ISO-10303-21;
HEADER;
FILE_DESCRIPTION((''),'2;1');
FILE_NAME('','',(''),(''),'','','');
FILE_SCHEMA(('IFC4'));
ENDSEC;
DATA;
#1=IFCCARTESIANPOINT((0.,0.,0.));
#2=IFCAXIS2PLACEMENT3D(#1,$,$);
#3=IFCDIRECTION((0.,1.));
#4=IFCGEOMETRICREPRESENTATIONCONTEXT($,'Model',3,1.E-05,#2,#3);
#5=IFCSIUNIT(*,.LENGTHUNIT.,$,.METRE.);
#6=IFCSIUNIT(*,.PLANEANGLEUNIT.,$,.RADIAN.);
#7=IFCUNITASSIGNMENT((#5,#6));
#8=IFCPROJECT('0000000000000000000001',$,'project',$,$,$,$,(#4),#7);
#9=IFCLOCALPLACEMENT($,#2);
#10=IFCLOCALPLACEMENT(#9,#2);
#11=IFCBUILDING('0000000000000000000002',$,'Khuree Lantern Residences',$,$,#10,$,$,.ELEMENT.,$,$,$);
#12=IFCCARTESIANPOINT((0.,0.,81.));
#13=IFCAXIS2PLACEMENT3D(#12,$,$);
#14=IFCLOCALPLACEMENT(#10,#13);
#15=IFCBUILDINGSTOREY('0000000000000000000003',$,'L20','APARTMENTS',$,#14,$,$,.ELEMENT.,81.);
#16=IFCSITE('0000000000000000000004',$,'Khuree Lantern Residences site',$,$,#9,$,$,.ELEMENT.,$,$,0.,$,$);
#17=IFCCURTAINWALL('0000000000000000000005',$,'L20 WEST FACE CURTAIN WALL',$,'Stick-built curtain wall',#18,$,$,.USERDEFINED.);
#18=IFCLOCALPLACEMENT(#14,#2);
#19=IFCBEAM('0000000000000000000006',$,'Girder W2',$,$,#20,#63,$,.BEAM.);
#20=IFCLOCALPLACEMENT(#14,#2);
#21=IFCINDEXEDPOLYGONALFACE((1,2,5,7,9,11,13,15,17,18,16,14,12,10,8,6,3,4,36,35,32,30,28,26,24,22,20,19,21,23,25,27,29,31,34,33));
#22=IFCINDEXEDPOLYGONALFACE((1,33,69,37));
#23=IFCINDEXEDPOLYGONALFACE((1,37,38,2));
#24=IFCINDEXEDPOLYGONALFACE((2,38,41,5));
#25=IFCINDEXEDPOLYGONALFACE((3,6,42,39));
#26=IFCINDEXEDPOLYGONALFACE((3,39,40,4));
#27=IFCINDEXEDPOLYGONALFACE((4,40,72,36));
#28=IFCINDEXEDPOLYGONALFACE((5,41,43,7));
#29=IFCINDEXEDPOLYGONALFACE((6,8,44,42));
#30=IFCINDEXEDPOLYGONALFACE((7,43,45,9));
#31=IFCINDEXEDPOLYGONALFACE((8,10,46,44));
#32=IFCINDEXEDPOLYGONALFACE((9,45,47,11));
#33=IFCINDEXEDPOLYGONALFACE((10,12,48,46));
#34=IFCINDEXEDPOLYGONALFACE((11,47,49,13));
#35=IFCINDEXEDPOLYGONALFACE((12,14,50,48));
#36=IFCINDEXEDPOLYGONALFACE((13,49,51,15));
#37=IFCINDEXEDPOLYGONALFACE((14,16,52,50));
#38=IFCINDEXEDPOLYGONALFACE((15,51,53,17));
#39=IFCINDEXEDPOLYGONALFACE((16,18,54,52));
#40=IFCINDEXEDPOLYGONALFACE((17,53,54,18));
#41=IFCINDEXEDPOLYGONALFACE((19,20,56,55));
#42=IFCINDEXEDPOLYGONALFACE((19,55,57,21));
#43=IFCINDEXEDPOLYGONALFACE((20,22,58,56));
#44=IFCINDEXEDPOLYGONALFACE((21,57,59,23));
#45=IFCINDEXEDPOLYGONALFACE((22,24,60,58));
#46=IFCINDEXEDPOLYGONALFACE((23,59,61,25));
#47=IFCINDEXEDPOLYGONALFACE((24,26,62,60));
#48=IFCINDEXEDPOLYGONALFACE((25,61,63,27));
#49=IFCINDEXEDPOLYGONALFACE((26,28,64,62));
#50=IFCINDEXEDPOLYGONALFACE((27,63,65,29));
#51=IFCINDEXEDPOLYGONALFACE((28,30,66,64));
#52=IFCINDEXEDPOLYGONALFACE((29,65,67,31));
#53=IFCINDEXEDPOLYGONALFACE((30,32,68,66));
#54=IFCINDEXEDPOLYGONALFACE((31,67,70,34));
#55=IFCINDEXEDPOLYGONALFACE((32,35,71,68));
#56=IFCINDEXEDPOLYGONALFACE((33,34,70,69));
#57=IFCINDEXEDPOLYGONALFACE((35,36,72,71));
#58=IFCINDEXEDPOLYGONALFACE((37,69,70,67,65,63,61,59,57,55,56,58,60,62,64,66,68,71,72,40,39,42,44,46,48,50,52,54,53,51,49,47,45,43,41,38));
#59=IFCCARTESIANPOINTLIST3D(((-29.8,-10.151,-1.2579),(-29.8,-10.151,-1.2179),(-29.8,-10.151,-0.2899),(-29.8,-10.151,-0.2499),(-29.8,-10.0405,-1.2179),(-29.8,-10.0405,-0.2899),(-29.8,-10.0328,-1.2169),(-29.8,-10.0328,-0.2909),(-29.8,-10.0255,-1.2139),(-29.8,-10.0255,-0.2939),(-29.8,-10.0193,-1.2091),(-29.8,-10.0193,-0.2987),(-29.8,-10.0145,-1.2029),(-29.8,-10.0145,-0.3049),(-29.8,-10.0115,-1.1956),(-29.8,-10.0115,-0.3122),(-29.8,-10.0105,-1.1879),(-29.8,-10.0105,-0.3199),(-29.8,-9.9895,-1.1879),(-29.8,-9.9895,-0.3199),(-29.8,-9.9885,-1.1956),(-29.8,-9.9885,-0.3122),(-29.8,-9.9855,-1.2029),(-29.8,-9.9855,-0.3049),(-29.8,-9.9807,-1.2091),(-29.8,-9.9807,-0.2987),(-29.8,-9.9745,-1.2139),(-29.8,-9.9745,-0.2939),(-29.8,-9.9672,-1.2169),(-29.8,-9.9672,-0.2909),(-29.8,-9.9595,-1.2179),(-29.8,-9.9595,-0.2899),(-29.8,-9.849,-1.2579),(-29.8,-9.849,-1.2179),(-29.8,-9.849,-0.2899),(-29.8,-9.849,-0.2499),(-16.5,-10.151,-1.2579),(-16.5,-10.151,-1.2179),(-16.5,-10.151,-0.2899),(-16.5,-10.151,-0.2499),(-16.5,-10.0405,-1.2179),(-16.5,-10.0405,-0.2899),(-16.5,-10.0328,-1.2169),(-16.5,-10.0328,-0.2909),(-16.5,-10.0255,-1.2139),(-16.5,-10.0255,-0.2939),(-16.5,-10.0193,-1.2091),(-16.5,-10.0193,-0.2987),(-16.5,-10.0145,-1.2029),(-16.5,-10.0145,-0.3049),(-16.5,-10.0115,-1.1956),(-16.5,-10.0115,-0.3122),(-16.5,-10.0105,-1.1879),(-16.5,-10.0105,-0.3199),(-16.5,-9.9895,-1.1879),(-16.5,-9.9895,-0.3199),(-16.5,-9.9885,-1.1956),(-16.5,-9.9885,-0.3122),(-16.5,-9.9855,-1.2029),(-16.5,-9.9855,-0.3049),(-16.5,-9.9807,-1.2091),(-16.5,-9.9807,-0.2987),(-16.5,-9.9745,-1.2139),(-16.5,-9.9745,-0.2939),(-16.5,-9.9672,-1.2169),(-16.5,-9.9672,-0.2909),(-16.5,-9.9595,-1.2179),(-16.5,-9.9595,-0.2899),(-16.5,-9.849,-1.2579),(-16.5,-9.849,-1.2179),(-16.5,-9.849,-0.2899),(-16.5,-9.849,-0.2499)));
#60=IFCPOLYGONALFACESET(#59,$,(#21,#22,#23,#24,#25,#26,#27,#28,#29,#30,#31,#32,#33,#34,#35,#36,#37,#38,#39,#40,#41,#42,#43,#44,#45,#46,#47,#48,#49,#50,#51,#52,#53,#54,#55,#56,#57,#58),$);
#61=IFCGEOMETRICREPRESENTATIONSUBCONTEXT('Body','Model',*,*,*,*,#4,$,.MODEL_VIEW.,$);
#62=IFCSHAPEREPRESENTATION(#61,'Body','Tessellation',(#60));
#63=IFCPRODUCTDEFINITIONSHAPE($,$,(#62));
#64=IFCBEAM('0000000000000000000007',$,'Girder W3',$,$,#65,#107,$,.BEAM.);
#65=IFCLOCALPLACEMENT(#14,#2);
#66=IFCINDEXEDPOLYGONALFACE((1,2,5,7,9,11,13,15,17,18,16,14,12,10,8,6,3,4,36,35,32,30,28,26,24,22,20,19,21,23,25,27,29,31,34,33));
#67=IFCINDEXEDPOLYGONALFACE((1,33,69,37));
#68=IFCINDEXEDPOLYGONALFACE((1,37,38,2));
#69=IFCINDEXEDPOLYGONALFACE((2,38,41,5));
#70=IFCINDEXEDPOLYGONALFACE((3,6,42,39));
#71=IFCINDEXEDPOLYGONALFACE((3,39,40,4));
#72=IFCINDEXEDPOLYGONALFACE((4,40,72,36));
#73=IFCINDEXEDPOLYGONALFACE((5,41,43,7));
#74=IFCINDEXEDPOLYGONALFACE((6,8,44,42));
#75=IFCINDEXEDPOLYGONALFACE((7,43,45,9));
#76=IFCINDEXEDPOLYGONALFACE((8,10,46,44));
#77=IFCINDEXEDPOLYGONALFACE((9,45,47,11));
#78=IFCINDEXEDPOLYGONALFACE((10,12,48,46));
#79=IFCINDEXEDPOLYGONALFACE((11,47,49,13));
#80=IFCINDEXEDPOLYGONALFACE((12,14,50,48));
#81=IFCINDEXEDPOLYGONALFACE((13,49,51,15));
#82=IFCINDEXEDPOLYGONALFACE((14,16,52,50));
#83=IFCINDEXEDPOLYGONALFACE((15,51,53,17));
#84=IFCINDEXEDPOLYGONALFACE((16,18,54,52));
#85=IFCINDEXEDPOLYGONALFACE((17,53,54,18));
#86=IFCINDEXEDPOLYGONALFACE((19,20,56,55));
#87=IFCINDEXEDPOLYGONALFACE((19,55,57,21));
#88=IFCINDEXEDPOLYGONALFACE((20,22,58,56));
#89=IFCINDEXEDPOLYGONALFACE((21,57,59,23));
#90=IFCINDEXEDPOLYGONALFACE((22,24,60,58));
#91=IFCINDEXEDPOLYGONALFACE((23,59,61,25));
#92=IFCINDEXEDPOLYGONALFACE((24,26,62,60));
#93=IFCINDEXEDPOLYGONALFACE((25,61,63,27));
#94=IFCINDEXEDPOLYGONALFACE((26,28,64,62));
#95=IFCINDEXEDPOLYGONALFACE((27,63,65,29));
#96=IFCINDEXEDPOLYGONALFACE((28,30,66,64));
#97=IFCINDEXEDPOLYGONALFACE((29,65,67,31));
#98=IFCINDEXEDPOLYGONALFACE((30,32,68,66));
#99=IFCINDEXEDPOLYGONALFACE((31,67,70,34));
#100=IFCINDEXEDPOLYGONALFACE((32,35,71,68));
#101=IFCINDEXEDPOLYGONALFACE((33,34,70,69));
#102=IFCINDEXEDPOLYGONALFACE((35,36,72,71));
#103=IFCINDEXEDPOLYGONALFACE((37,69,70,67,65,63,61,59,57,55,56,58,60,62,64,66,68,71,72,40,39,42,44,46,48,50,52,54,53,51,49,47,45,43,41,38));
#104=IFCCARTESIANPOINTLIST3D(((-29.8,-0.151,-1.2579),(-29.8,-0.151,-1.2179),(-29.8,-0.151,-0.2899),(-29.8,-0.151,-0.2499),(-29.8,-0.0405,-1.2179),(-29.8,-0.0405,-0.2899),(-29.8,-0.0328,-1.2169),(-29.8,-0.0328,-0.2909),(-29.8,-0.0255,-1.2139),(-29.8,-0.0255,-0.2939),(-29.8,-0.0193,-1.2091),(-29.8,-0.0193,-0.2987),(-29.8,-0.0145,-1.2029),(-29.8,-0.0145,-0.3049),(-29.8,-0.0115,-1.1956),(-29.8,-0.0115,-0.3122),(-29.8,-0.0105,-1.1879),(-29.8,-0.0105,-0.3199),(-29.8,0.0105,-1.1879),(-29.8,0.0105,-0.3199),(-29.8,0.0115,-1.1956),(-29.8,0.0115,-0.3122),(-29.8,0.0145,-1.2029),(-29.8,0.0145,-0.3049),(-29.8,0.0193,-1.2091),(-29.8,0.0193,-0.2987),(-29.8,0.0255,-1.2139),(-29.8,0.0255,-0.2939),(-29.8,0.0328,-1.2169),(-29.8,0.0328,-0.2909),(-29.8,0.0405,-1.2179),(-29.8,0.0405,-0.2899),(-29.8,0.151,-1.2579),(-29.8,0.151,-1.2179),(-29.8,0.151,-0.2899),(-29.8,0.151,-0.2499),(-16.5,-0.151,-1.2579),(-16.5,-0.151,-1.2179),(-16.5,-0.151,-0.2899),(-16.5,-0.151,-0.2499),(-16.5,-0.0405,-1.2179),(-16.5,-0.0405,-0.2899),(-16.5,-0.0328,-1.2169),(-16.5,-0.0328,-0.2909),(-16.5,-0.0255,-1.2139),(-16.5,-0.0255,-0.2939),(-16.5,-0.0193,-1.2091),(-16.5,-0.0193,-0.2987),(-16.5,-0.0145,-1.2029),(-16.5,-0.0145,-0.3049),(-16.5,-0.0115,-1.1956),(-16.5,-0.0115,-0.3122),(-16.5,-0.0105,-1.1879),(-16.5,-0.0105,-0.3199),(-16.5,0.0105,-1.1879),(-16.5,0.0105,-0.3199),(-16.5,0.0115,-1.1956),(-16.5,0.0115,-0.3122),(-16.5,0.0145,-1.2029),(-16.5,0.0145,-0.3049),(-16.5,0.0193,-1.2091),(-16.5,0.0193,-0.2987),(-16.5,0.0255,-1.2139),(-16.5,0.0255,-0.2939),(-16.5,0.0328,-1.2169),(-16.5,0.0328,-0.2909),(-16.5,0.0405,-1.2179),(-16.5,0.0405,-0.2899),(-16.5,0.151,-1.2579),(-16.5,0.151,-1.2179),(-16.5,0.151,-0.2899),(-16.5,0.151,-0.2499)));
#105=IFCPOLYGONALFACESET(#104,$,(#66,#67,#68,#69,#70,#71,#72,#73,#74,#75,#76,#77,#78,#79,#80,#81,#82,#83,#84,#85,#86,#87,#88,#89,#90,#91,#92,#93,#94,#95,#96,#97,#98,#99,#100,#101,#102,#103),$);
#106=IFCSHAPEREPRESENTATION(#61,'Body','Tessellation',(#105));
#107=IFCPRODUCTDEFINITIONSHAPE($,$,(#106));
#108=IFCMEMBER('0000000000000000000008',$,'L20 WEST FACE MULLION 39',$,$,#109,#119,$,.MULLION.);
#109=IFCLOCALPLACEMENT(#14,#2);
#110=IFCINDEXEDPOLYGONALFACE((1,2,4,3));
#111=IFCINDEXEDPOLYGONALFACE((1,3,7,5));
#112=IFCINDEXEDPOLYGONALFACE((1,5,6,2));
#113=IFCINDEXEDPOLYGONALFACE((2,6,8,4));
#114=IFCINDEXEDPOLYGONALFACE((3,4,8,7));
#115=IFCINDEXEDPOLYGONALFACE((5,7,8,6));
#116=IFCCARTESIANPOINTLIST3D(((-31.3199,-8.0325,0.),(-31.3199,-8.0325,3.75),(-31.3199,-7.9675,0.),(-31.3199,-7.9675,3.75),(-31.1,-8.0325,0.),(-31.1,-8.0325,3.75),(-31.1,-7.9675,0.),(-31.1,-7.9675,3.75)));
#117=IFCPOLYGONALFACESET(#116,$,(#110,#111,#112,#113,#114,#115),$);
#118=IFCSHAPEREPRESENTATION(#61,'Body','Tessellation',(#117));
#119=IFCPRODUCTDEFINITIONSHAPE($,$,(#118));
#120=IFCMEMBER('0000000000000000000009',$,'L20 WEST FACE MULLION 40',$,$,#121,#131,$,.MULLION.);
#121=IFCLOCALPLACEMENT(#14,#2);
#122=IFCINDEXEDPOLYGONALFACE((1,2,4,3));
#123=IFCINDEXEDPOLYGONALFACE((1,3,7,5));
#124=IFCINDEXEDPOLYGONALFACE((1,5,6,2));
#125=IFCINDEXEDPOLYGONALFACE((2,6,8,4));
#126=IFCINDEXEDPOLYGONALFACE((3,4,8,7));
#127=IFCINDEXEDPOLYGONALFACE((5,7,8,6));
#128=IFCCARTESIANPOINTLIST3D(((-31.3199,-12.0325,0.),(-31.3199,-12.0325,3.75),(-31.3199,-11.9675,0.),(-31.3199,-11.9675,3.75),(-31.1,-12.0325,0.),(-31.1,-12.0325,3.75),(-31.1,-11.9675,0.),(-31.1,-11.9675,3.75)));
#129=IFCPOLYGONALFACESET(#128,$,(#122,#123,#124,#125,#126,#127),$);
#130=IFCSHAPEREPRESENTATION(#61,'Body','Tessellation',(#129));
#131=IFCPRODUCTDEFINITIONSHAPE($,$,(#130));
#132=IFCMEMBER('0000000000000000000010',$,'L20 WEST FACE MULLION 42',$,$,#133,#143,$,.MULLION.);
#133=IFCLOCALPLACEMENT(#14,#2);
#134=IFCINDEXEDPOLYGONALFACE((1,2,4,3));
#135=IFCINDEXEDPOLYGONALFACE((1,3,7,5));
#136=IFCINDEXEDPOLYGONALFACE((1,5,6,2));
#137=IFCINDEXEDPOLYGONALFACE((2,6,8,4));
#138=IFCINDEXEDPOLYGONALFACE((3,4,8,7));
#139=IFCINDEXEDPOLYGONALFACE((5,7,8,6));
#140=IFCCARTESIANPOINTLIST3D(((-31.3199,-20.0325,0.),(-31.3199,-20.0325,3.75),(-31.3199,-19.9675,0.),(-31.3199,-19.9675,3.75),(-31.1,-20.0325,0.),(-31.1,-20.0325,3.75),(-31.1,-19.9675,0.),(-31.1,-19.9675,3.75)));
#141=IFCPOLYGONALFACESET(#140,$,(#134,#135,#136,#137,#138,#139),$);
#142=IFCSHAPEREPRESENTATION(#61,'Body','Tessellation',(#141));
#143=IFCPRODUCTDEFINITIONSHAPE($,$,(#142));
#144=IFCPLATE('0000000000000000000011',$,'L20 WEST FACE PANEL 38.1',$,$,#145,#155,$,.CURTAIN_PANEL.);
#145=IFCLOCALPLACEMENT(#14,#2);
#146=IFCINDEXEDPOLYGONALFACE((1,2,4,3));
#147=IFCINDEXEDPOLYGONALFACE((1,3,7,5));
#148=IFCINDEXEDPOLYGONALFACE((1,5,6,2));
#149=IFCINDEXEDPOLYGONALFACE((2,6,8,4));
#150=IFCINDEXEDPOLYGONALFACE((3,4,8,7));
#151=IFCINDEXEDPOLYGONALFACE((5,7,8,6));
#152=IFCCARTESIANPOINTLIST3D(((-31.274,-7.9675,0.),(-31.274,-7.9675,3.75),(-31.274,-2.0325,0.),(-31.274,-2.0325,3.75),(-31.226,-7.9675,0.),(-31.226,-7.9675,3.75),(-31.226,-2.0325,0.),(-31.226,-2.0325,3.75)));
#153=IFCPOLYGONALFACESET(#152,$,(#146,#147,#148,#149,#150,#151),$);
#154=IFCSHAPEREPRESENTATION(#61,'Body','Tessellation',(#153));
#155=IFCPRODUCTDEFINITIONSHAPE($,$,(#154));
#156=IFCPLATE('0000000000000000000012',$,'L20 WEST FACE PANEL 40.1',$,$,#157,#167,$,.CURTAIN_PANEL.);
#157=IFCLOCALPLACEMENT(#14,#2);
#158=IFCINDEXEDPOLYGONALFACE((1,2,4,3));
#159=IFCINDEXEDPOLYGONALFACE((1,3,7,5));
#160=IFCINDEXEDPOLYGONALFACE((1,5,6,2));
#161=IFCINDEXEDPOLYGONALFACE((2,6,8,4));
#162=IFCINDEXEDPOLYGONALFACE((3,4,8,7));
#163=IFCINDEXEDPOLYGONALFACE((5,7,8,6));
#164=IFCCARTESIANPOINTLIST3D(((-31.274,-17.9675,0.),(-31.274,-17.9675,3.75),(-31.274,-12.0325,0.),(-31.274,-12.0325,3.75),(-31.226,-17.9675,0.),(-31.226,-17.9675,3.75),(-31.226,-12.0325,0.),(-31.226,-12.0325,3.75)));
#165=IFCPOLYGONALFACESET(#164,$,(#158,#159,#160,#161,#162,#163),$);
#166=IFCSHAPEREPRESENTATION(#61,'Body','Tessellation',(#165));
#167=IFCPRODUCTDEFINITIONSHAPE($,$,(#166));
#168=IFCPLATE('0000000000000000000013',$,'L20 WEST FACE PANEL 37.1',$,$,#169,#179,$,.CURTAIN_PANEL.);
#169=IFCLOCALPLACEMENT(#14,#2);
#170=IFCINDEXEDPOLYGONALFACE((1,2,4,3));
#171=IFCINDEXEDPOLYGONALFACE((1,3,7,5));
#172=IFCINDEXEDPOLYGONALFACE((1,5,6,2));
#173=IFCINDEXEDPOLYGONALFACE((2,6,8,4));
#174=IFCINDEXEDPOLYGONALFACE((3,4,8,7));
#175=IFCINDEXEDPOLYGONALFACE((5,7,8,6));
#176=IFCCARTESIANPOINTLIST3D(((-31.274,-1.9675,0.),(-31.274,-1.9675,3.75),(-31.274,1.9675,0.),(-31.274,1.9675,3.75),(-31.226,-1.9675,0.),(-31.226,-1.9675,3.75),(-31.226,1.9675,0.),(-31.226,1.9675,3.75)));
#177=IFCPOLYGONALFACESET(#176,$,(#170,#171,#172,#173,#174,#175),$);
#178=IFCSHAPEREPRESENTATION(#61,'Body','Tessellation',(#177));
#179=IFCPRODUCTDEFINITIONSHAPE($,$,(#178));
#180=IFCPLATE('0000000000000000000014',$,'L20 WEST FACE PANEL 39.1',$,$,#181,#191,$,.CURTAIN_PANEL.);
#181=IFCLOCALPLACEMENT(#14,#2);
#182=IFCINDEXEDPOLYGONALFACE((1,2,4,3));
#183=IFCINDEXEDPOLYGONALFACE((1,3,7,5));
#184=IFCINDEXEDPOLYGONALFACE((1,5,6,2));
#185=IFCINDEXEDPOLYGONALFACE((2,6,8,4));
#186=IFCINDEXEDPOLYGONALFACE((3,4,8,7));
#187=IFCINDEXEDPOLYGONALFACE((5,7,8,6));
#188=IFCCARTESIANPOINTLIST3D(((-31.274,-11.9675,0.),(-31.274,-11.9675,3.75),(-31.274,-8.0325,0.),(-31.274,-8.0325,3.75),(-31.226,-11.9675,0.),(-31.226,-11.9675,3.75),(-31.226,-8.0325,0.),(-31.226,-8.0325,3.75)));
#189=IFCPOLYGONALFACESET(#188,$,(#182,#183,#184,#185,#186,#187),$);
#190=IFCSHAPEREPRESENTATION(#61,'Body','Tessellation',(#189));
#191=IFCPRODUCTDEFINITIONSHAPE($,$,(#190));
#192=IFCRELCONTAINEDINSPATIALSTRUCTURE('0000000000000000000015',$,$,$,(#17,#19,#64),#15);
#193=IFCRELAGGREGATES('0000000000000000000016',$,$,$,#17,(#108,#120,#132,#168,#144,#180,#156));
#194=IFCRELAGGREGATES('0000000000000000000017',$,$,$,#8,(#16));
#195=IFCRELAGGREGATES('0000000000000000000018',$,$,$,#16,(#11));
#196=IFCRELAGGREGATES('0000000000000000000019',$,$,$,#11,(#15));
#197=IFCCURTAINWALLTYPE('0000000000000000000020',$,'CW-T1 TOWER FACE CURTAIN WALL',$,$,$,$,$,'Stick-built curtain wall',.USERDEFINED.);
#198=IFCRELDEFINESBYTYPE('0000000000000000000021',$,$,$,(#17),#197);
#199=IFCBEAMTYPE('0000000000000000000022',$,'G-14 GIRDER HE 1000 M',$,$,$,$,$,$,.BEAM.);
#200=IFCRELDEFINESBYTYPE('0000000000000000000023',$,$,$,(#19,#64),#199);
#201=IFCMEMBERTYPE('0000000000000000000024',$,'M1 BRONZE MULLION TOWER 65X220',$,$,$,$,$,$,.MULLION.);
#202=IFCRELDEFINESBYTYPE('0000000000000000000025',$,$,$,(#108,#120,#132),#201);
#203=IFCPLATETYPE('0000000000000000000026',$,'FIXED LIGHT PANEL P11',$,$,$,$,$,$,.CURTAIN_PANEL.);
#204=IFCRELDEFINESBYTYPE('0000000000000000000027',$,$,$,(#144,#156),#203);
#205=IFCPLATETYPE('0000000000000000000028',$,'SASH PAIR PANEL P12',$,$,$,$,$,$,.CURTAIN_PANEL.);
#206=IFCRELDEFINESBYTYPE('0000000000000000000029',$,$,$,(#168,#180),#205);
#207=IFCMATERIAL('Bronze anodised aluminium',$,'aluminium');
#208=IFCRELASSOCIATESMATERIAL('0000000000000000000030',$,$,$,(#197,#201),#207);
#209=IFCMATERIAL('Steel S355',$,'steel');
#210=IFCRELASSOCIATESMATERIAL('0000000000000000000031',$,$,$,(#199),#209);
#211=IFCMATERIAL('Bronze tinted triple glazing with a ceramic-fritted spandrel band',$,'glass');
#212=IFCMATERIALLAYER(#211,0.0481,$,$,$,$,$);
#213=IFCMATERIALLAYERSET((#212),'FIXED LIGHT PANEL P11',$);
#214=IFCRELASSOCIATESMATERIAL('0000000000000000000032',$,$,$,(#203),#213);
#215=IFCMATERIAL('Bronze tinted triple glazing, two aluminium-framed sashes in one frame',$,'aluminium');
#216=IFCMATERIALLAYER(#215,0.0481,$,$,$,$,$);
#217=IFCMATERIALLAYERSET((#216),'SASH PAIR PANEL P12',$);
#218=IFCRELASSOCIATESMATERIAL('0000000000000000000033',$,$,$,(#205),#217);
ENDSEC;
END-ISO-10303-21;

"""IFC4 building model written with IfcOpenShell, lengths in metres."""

from ifc_helpers import new_model, si_unit, direction, frame, origin, origin_2d, place, context, subcontext, project, spatial, rectangle, i_section, extrude, material, layer, layer_set, material_profile, profile_set, type_object, element, aggregate, save


model = new_model("IFC4")

# Units and contexts
model_context = context("Model", 3, precision=1e-05, world=origin(), true_north=direction((0.0, 1.0)))
body_context = subcontext(model_context, "Body", "Model", "MODEL_VIEW")
ifc_project = project(units=[si_unit("LENGTHUNIT", "METRE"), si_unit("PLANEANGLEUNIT", "RADIAN")], contexts=[model_context])

# Site, building, storey
site_placement = place(None, origin())
site = spatial("IfcSite", under=ifc_project, at=site_placement, Name="Khuree Lantern Residences site", CompositionType="ELEMENT", RefElevation=0.0)
building_placement = place(site_placement, origin())
building = spatial("IfcBuilding", under=site, at=building_placement, Name="Khuree Lantern Residences", CompositionType="ELEMENT")
storey_placement = place(building_placement, frame((0.0, 0.0, 81.0)))
storey = spatial("IfcBuildingStorey", under=building, at=storey_placement, Name="L20", Description="APARTMENTS", CompositionType="ELEMENT", Elevation=81.0)

# Shared definitions
ifc_material_1 = material(Name="Steel S355", Category="steel")

# Curtain wall
ifc_material_2 = material(Name="Bronze anodised aluminium", Category="aluminium")
curtain_wall_type = type_object("IfcCurtainWallType", Name="CW-T1 TOWER FACE CURTAIN WALL", ElementType="Stick-built curtain wall", PredefinedType="USERDEFINED", material=ifc_material_2)
curtain_wall_placement = place(storey_placement, origin())
curtain_wall = element("IfcCurtainWall", 1, at=curtain_wall_placement, inside=storey, type_object=curtain_wall_type, Name="L20 WEST FACE CURTAIN WALL", ObjectType="Stick-built curtain wall", PredefinedType="USERDEFINED")

# Beams
ifc_material_profile_1 = material_profile(ifc_material_1, i_section(OverallWidth=0.302, OverallDepth=1.0081, WebThickness=0.021, FlangeThickness=0.04, FilletRadius=0.03, at=origin_2d()), Name="HE 1000 M")
ifc_profile_set_1 = profile_set([ifc_material_profile_1], Name="Steel S355")
beam_type_1 = type_object("IfcBeamType", Name="G-14 GIRDER HE 1000 M", PredefinedType="BEAM", material=ifc_profile_set_1)
for number, where, z_axis, x_axis, name in (
    (2, (-29.8, -10.0, -0.7539), (1.0, 0.0, 0.0), (0.0, 1.0, 0.0), "Girder W2"),
    (3, (-29.8, 0.0, -0.7539), (1.0, 0.0, 0.0), (0.0, 1.0, 0.0), "Girder W3"),
):
    element("IfcBeam", number, at=place(storey_placement, frame(where, z_axis=z_axis, x_axis=x_axis)), inside=storey, type_object=beam_type_1, Name=name, PredefinedType="BEAM", context=body_context, shape_type="SweptSolid", body=[
        extrude(i_section(OverallWidth=0.302, OverallDepth=1.0081, WebThickness=0.021, FlangeThickness=0.04, FilletRadius=0.03, at=origin_2d()), origin(), (0.0, 0.0, 1.0), 13.3),
    ])

# Members
ifc_material_profile_2 = material_profile(ifc_material_2, rectangle(XDim=0.0649, YDim=0.22, at=origin_2d()), Name="M1 65X220")
ifc_profile_set_2 = profile_set([ifc_material_profile_2], Name="Bronze anodised aluminium")
member_type_1 = type_object("IfcMemberType", Name="M1 BRONZE MULLION TOWER 65X220", PredefinedType="MULLION", material=ifc_profile_set_2)
member_1_placement = place(storey_placement, frame((-31.21, -8.0, 0.0), z_axis=(0.0, 0.0, 1.0), x_axis=(0.0, -1.0, 0.0)))
member_1 = element("IfcMember", 4, at=member_1_placement, type_object=member_type_1, Name="L20 WEST FACE MULLION 39", PredefinedType="MULLION", context=body_context, shape_type="SweptSolid", body=[
    extrude(rectangle(XDim=0.0649, YDim=0.22, at=origin_2d()), origin(), (0.0, 0.0, 1.0), 3.75),
])
member_2_placement = place(storey_placement, frame((-31.21, -12.0, 0.0), z_axis=(0.0, 0.0, 1.0), x_axis=(0.0, -1.0, 0.0)))
member_2 = element("IfcMember", 5, at=member_2_placement, type_object=member_type_1, Name="L20 WEST FACE MULLION 40", PredefinedType="MULLION", context=body_context, shape_type="SweptSolid", body=[
    extrude(rectangle(XDim=0.0649, YDim=0.22, at=origin_2d()), origin(), (0.0, 0.0, 1.0), 3.75),
])
member_3_placement = place(storey_placement, frame((-31.21, -20.0, 0.0), z_axis=(0.0, 0.0, 1.0), x_axis=(0.0, -1.0, 0.0)))
member_3 = element("IfcMember", 6, at=member_3_placement, type_object=member_type_1, Name="L20 WEST FACE MULLION 42", PredefinedType="MULLION", context=body_context, shape_type="SweptSolid", body=[
    extrude(rectangle(XDim=0.0649, YDim=0.22, at=origin_2d()), origin(), (0.0, 0.0, 1.0), 3.75),
])

# Plates
ifc_material_3 = material(Name="Bronze tinted triple glazing with a ceramic-fritted spandrel band", Category="glass")
ifc_layer_1 = layer(ifc_material_3, 0.0481)
ifc_layer_set_1 = layer_set([ifc_layer_1], Name="FIXED LIGHT PANEL P11")
plate_type_1 = type_object("IfcPlateType", Name="FIXED LIGHT PANEL P11", PredefinedType="CURTAIN_PANEL", material=ifc_layer_set_1)
plate_1_placement = place(storey_placement, frame((-31.25, -5.0, 0.0), z_axis=(0.0, 0.0, 1.0), x_axis=(0.0, -1.0, 0.0)))
plate_1 = element("IfcPlate", 7, at=plate_1_placement, type_object=plate_type_1, Name="L20 WEST FACE PANEL 38.1", PredefinedType="CURTAIN_PANEL", context=body_context, shape_type="SweptSolid", body=[
    extrude(rectangle(XDim=5.9351, YDim=0.0481, at=origin_2d()), origin(), (0.0, 0.0, 1.0), 3.75),
])
plate_2_placement = place(storey_placement, frame((-31.25, -15.0, 0.0), z_axis=(0.0, 0.0, 1.0), x_axis=(0.0, -1.0, 0.0)))
plate_2 = element("IfcPlate", 8, at=plate_2_placement, type_object=plate_type_1, Name="L20 WEST FACE PANEL 40.1", PredefinedType="CURTAIN_PANEL", context=body_context, shape_type="SweptSolid", body=[
    extrude(rectangle(XDim=5.9351, YDim=0.0481, at=origin_2d()), origin(), (0.0, 0.0, 1.0), 3.75),
])
ifc_material_4 = material(Name="Bronze tinted triple glazing, two aluminium-framed sashes in one frame", Category="aluminium")
ifc_layer_2 = layer(ifc_material_4, 0.0481)
ifc_layer_set_2 = layer_set([ifc_layer_2], Name="SASH PAIR PANEL P12")
plate_type_2 = type_object("IfcPlateType", Name="SASH PAIR PANEL P12", PredefinedType="CURTAIN_PANEL", material=ifc_layer_set_2)
plate_3_placement = place(storey_placement, frame((-31.25, 0.0, 0.0), z_axis=(0.0, 0.0, 1.0), x_axis=(0.0, -1.0, 0.0)))
plate_3 = element("IfcPlate", 9, at=plate_3_placement, type_object=plate_type_2, Name="L20 WEST FACE PANEL 37.1", PredefinedType="CURTAIN_PANEL", context=body_context, shape_type="SweptSolid", body=[
    extrude(rectangle(XDim=3.9351, YDim=0.0481, at=origin_2d()), origin(), (0.0, 0.0, 1.0), 3.75),
])
plate_4_placement = place(storey_placement, frame((-31.25, -10.0, 0.0), z_axis=(0.0, 0.0, 1.0), x_axis=(0.0, -1.0, 0.0)))
plate_4 = element("IfcPlate", 10, at=plate_4_placement, type_object=plate_type_2, Name="L20 WEST FACE PANEL 39.1", PredefinedType="CURTAIN_PANEL", context=body_context, shape_type="SweptSolid", body=[
    extrude(rectangle(XDim=3.9351, YDim=0.0481, at=origin_2d()), origin(), (0.0, 0.0, 1.0), 3.75),
])
aggregate(curtain_wall, [member_1, member_2, member_3, plate_3, plate_1, plate_4, plate_2])

save(model, "model.ifc")
